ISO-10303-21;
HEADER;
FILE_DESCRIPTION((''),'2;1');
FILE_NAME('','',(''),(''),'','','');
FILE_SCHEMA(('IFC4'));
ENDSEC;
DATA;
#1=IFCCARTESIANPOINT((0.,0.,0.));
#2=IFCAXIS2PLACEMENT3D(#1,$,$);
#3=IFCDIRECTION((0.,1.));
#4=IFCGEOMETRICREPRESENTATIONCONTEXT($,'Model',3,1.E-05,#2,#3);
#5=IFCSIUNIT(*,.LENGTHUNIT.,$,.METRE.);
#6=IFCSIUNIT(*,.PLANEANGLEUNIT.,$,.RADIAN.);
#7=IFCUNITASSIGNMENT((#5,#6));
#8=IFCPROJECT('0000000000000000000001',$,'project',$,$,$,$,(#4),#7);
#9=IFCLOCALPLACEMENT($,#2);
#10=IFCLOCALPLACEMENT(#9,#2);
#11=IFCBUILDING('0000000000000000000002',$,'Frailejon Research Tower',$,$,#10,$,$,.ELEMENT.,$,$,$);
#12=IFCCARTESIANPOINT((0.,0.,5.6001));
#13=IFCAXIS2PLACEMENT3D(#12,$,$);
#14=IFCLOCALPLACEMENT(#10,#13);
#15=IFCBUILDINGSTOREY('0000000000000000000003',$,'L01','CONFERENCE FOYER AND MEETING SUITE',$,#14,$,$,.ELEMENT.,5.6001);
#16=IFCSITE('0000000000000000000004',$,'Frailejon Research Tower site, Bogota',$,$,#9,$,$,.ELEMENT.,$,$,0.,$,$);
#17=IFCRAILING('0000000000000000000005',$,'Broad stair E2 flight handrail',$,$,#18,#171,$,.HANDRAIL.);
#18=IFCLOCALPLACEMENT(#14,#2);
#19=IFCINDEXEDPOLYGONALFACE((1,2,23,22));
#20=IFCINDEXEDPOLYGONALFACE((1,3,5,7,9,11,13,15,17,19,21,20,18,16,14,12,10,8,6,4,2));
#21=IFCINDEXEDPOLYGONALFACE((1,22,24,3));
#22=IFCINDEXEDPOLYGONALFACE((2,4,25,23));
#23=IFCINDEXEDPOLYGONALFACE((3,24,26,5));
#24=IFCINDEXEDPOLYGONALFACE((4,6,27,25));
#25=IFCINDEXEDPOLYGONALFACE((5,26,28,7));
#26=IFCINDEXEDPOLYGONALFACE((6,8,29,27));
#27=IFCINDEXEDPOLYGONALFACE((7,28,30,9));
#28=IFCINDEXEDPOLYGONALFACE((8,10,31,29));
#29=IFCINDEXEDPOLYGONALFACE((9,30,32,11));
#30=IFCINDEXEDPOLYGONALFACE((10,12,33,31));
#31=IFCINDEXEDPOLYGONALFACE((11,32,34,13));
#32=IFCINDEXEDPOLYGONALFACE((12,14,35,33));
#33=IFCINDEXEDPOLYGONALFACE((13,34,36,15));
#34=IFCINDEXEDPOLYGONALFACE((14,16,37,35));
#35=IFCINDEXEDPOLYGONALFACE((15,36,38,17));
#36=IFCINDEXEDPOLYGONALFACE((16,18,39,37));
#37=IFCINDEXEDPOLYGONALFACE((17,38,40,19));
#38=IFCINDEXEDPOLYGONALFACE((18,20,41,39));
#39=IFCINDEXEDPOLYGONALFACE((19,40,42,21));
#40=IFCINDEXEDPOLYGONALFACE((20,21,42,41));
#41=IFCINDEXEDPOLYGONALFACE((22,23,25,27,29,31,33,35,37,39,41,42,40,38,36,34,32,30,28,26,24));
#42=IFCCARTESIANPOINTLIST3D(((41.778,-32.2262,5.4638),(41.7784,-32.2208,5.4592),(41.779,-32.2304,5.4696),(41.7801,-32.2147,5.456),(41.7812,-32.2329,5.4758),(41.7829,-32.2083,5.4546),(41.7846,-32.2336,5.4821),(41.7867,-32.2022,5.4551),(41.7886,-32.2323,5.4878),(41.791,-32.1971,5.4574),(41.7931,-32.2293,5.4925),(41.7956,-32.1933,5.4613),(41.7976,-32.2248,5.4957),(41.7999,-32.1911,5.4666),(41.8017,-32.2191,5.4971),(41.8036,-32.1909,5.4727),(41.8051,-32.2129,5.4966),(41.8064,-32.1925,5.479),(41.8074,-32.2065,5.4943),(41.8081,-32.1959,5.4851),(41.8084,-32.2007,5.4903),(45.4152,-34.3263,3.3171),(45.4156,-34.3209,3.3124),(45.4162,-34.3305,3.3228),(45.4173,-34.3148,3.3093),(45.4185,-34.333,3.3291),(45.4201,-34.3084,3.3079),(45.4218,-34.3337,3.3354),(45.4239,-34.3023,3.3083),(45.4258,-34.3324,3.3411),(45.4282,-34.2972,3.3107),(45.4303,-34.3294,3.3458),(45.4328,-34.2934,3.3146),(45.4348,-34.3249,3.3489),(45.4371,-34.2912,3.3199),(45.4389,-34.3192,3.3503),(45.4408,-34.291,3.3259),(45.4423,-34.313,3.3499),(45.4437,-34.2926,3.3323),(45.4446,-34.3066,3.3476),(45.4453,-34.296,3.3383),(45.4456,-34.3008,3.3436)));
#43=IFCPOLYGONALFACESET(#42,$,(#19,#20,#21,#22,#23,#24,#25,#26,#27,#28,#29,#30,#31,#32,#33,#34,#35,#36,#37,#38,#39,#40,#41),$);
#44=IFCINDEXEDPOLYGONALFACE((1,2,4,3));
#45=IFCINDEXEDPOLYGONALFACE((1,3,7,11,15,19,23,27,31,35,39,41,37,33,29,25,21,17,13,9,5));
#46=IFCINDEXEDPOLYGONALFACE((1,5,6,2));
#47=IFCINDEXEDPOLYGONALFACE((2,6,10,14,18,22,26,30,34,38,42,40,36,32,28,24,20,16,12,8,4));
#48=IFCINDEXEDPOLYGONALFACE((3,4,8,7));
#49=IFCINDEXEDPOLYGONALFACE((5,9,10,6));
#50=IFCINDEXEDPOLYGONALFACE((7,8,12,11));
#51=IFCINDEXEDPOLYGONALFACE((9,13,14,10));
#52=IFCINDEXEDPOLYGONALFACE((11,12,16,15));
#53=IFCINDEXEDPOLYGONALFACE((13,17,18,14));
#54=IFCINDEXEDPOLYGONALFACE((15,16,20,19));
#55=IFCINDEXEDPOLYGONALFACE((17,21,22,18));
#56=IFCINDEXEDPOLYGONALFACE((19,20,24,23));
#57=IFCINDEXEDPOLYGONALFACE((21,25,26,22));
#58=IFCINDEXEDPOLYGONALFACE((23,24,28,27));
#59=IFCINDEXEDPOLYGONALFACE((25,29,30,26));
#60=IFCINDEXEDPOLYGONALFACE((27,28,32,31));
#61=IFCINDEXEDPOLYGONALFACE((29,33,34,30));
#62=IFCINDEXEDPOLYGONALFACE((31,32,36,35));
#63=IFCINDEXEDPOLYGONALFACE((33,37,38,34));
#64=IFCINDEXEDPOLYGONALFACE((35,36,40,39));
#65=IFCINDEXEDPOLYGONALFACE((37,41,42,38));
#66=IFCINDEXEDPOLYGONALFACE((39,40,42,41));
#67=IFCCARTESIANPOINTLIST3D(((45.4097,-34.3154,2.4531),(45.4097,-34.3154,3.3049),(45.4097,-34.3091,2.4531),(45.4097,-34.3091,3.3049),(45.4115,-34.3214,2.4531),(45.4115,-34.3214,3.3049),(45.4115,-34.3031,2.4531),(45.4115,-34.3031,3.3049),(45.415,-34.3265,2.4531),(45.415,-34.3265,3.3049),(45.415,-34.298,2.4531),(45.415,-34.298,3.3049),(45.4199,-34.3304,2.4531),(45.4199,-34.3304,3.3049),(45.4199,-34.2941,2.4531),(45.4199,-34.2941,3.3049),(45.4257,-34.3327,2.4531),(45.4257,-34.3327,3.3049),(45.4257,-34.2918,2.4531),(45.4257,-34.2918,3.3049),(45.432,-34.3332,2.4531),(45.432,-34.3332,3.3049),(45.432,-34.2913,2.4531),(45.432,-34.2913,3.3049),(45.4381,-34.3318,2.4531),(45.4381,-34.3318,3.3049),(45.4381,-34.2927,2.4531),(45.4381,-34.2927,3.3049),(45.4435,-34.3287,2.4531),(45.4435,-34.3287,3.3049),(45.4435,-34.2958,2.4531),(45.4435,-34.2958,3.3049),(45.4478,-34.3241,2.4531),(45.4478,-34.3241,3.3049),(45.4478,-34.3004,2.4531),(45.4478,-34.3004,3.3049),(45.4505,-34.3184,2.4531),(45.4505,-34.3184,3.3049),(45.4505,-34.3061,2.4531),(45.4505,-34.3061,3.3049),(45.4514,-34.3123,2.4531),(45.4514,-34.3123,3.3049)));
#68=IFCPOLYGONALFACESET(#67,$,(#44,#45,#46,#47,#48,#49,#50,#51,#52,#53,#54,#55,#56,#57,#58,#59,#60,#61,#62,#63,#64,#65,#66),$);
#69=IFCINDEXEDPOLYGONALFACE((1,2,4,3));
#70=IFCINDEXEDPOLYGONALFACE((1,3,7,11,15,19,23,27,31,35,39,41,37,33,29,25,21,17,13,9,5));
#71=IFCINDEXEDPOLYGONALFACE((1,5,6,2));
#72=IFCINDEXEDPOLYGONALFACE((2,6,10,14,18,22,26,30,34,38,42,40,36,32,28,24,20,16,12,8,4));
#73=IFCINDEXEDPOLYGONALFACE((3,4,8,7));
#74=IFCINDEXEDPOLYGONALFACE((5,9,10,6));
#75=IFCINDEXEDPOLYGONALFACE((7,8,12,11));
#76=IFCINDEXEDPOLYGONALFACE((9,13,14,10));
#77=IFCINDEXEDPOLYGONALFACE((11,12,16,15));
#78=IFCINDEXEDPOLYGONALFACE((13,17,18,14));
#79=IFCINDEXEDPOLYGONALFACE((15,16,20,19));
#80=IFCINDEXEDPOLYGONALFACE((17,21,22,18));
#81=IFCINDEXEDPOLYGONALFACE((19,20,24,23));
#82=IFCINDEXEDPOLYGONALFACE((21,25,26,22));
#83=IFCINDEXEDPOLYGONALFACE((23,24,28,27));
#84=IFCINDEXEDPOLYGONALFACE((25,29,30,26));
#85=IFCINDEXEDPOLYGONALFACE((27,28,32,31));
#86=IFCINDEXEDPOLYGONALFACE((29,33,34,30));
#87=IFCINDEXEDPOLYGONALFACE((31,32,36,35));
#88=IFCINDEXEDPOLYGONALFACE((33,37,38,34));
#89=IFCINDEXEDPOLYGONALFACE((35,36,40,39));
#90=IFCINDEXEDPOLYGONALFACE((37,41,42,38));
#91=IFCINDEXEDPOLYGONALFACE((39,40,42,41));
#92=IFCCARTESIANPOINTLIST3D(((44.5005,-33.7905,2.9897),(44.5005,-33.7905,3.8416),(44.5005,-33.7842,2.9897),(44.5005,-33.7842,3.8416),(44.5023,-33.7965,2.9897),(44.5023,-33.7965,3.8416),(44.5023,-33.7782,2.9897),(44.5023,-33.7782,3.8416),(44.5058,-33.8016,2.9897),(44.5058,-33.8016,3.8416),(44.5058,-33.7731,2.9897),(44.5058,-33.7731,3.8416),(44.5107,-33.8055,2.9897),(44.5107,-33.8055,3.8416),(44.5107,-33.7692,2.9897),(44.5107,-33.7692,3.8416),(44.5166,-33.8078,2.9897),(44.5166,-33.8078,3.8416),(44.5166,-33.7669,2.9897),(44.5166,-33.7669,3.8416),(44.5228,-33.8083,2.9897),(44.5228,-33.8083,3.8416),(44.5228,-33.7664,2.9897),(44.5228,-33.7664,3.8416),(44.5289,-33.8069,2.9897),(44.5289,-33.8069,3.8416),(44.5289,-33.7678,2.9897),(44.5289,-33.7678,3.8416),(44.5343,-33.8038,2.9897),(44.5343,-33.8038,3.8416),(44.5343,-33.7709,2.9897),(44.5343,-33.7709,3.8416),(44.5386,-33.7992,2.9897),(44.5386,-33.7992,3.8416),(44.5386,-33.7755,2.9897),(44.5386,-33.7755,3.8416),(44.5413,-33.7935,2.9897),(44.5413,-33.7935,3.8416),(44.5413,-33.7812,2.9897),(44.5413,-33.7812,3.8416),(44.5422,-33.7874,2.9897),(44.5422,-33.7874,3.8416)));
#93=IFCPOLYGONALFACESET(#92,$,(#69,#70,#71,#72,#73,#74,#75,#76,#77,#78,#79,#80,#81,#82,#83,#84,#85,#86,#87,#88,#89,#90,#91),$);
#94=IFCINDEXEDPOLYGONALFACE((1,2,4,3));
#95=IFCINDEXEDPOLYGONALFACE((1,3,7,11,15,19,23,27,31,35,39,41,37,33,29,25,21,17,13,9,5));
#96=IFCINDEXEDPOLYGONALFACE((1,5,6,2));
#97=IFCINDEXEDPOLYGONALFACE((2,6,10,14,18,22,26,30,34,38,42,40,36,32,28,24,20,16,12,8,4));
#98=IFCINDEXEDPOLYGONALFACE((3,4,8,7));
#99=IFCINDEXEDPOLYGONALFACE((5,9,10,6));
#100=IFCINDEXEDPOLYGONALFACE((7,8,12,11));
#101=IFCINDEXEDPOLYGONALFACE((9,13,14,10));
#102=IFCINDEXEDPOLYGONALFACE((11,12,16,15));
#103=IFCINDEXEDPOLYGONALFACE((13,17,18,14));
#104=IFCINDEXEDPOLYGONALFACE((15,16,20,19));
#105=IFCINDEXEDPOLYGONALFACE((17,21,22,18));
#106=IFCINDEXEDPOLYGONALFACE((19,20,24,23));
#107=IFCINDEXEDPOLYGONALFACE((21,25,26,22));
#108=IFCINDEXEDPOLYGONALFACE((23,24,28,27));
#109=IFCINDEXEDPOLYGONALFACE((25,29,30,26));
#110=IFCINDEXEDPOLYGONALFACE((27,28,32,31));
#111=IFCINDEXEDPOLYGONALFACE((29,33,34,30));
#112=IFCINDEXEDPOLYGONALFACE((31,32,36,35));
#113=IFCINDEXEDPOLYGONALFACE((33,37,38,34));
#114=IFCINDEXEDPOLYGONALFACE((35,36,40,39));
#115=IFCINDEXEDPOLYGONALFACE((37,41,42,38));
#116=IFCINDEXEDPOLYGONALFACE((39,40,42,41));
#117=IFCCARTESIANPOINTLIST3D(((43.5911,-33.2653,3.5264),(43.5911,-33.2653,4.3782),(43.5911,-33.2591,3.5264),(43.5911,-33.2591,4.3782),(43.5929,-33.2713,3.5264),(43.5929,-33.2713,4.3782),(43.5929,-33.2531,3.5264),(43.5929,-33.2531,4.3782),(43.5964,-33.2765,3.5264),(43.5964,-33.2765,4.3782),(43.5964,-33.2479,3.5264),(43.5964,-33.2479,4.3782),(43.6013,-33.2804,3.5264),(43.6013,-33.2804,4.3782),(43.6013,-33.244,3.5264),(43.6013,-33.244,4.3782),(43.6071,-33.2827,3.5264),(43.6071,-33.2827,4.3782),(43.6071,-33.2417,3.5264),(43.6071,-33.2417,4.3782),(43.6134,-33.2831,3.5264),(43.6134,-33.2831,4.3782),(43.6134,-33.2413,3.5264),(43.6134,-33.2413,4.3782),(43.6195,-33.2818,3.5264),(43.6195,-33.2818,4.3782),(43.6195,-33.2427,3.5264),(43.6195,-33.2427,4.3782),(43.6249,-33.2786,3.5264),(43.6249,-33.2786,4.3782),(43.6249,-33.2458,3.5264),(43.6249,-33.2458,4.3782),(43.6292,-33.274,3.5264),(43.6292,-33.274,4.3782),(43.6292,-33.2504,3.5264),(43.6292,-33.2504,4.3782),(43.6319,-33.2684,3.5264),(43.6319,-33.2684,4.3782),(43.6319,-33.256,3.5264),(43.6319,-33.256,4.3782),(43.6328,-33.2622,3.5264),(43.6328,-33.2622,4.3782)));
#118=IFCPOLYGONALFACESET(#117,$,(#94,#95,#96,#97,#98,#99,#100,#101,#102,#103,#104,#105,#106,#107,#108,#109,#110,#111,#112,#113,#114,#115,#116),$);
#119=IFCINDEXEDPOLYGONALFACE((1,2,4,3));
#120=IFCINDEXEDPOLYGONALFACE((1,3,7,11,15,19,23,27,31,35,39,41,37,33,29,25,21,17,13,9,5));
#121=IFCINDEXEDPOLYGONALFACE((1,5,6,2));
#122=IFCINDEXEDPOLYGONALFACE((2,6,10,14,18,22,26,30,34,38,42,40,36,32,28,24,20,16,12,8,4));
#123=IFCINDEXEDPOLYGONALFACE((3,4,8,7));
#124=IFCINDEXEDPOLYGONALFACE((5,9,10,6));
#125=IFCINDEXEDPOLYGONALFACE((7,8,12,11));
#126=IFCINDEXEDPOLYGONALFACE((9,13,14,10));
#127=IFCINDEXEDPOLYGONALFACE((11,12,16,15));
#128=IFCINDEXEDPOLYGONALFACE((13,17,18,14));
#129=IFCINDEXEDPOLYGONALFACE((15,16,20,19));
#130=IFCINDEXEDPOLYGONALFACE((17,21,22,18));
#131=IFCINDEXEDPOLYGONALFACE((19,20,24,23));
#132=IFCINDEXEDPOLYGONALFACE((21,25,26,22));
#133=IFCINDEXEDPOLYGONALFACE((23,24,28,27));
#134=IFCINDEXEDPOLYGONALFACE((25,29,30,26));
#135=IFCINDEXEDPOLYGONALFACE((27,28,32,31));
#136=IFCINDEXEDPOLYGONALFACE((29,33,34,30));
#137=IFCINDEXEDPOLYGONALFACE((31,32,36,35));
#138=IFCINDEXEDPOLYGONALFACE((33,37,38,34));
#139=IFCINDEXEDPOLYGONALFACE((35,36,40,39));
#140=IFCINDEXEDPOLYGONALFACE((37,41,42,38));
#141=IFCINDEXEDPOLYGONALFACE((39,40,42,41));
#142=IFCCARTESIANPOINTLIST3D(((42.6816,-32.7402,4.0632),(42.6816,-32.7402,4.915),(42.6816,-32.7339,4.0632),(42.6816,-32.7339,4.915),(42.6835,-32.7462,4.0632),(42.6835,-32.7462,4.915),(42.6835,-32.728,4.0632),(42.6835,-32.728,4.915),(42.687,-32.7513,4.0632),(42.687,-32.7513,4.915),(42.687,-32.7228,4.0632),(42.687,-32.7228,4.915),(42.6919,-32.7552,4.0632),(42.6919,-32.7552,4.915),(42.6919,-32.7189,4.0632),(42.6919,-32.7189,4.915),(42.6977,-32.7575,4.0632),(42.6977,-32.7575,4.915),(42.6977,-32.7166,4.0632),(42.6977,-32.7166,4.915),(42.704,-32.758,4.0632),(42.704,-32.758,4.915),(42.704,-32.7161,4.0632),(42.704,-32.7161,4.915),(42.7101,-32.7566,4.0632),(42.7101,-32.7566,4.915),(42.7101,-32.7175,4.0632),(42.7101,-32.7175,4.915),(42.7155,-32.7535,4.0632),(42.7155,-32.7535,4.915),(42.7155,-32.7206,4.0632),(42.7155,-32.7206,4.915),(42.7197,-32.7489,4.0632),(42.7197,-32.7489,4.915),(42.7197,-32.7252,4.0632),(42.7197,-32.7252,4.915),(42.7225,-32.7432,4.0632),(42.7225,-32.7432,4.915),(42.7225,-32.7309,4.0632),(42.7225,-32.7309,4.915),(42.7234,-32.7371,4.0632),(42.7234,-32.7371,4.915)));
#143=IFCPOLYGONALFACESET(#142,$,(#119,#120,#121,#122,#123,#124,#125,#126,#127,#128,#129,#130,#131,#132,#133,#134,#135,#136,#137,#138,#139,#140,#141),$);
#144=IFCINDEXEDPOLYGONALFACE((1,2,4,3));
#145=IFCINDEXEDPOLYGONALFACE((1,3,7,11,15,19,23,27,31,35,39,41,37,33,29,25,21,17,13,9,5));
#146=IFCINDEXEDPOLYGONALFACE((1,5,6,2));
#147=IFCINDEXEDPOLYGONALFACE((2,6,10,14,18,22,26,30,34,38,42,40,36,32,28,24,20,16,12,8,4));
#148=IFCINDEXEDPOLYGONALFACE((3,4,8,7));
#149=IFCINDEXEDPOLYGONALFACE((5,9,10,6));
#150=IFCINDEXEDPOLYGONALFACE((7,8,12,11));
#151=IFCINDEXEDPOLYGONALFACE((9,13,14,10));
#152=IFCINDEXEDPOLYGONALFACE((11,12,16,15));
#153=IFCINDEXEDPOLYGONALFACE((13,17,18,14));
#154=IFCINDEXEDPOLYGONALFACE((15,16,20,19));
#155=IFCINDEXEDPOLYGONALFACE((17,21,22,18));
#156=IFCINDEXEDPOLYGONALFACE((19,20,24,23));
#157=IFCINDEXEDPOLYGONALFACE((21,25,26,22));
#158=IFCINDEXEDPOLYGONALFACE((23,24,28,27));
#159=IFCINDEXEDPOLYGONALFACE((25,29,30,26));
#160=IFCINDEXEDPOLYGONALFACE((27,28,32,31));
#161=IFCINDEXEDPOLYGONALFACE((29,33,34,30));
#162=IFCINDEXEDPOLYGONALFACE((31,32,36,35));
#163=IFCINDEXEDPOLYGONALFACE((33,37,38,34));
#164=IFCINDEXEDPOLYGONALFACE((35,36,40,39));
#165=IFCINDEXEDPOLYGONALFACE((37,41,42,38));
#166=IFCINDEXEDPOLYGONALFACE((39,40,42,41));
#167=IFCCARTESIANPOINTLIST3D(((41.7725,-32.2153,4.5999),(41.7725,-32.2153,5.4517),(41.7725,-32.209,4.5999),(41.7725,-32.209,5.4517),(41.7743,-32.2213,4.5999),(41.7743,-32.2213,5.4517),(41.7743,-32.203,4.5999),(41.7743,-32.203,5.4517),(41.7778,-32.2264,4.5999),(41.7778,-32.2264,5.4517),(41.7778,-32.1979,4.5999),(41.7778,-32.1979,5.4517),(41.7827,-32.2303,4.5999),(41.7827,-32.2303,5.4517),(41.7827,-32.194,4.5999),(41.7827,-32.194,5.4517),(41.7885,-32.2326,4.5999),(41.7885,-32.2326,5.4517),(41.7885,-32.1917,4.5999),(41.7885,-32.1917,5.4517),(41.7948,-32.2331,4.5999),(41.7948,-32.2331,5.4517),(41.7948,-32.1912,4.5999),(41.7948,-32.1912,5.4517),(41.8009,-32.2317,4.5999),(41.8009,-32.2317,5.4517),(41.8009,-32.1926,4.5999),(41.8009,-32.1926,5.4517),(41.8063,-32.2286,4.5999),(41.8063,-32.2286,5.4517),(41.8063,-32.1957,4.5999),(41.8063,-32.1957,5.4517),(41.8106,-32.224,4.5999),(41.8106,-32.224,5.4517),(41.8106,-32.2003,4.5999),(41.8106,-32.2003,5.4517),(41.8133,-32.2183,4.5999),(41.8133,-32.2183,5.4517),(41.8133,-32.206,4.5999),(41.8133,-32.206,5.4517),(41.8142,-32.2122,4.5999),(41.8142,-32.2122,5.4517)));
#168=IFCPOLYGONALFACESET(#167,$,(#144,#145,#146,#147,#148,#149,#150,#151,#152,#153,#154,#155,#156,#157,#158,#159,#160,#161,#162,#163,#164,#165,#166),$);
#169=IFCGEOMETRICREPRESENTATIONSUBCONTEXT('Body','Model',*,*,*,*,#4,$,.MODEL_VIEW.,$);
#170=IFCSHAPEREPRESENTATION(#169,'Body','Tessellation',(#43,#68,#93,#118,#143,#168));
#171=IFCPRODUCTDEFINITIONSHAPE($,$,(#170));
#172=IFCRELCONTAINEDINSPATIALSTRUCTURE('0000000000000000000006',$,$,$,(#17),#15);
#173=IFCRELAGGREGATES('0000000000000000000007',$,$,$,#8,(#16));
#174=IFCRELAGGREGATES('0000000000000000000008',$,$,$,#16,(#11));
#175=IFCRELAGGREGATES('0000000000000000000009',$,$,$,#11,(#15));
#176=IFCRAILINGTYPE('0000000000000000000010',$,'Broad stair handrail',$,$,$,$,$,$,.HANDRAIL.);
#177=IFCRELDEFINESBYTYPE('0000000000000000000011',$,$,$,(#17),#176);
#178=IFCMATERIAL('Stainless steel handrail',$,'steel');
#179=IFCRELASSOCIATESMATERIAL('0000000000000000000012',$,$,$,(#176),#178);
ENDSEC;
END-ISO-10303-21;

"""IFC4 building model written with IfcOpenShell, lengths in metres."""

from ifc_helpers import new_model, si_unit, direction, frame, origin, origin_2d, place, context, subcontext, project, spatial, circle, extrude, material, type_object, element, save


model = new_model("IFC4")

# Units and contexts
model_context = context("Model", 3, precision=1e-05, world=origin(), true_north=direction((0.0, 1.0)))
body_context = subcontext(model_context, "Body", "Model", "MODEL_VIEW")
ifc_project = project(units=[si_unit("LENGTHUNIT", "METRE"), si_unit("PLANEANGLEUNIT", "RADIAN")], contexts=[model_context])

# Site, building, storey
site_placement = place(None, origin())
site = spatial("IfcSite", under=ifc_project, at=site_placement, Name="Frailejon Research Tower site, Bogota", CompositionType="ELEMENT", RefElevation=0.0)
building_placement = place(site_placement, origin())
building = spatial("IfcBuilding", under=site, at=building_placement, Name="Frailejon Research Tower", CompositionType="ELEMENT")
storey_placement = place(building_placement, frame((0.0, 0.0, 5.6001)))
storey = spatial("IfcBuildingStorey", under=building, at=storey_placement, Name="L01", Description="CONFERENCE FOYER AND MEETING SUITE", CompositionType="ELEMENT", Elevation=5.6001)

# Railing
ifc_material_1 = material(Name="Stainless steel handrail", Category="steel")
railing_type_1 = type_object("IfcRailingType", Name="Broad stair handrail", PredefinedType="HANDRAIL", material=ifc_material_1)
railing_1_placement = place(storey_placement, frame((45.4304, -34.3123, 2.4531)))
element("IfcRailing", 1, at=railing_1_placement, inside=storey, type_object=railing_type_1, Name="Broad stair E2 flight handrail", PredefinedType="HANDRAIL", context=body_context, shape_type="SweptSolid", body=[
    extrude(circle(Radius=0.0239, at=origin_2d()), frame((0.0, 0.0, 0.876), z_axis=(-0.771119, 0.445239, 0.455125), x_axis=(-0.500028, -0.866009, 0.0)), (0.0, 0.0, 1.0), 4.7168),
    extrude(circle(Radius=0.021, at=origin_2d()), origin(), (0.0, 0.0, 1.0), 0.8518),
    extrude(circle(Radius=0.021, at=origin_2d()), frame((-0.9092, 0.5249, 0.5366)), (0.0, 0.0, 1.0), 0.8518),
    extrude(circle(Radius=0.021, at=origin_2d()), frame((-1.8186, 1.05, 1.0732)), (0.0, 0.0, 1.0), 0.8518),
    extrude(circle(Radius=0.021, at=origin_2d()), frame((-2.728, 1.5752, 1.6101)), (0.0, 0.0, 1.0), 0.8518),
    extrude(circle(Radius=0.021, at=origin_2d()), frame((-3.6372, 2.1001, 2.1467)), (0.0, 0.0, 1.0), 0.8518),
])

save(model, "model.ifc")
